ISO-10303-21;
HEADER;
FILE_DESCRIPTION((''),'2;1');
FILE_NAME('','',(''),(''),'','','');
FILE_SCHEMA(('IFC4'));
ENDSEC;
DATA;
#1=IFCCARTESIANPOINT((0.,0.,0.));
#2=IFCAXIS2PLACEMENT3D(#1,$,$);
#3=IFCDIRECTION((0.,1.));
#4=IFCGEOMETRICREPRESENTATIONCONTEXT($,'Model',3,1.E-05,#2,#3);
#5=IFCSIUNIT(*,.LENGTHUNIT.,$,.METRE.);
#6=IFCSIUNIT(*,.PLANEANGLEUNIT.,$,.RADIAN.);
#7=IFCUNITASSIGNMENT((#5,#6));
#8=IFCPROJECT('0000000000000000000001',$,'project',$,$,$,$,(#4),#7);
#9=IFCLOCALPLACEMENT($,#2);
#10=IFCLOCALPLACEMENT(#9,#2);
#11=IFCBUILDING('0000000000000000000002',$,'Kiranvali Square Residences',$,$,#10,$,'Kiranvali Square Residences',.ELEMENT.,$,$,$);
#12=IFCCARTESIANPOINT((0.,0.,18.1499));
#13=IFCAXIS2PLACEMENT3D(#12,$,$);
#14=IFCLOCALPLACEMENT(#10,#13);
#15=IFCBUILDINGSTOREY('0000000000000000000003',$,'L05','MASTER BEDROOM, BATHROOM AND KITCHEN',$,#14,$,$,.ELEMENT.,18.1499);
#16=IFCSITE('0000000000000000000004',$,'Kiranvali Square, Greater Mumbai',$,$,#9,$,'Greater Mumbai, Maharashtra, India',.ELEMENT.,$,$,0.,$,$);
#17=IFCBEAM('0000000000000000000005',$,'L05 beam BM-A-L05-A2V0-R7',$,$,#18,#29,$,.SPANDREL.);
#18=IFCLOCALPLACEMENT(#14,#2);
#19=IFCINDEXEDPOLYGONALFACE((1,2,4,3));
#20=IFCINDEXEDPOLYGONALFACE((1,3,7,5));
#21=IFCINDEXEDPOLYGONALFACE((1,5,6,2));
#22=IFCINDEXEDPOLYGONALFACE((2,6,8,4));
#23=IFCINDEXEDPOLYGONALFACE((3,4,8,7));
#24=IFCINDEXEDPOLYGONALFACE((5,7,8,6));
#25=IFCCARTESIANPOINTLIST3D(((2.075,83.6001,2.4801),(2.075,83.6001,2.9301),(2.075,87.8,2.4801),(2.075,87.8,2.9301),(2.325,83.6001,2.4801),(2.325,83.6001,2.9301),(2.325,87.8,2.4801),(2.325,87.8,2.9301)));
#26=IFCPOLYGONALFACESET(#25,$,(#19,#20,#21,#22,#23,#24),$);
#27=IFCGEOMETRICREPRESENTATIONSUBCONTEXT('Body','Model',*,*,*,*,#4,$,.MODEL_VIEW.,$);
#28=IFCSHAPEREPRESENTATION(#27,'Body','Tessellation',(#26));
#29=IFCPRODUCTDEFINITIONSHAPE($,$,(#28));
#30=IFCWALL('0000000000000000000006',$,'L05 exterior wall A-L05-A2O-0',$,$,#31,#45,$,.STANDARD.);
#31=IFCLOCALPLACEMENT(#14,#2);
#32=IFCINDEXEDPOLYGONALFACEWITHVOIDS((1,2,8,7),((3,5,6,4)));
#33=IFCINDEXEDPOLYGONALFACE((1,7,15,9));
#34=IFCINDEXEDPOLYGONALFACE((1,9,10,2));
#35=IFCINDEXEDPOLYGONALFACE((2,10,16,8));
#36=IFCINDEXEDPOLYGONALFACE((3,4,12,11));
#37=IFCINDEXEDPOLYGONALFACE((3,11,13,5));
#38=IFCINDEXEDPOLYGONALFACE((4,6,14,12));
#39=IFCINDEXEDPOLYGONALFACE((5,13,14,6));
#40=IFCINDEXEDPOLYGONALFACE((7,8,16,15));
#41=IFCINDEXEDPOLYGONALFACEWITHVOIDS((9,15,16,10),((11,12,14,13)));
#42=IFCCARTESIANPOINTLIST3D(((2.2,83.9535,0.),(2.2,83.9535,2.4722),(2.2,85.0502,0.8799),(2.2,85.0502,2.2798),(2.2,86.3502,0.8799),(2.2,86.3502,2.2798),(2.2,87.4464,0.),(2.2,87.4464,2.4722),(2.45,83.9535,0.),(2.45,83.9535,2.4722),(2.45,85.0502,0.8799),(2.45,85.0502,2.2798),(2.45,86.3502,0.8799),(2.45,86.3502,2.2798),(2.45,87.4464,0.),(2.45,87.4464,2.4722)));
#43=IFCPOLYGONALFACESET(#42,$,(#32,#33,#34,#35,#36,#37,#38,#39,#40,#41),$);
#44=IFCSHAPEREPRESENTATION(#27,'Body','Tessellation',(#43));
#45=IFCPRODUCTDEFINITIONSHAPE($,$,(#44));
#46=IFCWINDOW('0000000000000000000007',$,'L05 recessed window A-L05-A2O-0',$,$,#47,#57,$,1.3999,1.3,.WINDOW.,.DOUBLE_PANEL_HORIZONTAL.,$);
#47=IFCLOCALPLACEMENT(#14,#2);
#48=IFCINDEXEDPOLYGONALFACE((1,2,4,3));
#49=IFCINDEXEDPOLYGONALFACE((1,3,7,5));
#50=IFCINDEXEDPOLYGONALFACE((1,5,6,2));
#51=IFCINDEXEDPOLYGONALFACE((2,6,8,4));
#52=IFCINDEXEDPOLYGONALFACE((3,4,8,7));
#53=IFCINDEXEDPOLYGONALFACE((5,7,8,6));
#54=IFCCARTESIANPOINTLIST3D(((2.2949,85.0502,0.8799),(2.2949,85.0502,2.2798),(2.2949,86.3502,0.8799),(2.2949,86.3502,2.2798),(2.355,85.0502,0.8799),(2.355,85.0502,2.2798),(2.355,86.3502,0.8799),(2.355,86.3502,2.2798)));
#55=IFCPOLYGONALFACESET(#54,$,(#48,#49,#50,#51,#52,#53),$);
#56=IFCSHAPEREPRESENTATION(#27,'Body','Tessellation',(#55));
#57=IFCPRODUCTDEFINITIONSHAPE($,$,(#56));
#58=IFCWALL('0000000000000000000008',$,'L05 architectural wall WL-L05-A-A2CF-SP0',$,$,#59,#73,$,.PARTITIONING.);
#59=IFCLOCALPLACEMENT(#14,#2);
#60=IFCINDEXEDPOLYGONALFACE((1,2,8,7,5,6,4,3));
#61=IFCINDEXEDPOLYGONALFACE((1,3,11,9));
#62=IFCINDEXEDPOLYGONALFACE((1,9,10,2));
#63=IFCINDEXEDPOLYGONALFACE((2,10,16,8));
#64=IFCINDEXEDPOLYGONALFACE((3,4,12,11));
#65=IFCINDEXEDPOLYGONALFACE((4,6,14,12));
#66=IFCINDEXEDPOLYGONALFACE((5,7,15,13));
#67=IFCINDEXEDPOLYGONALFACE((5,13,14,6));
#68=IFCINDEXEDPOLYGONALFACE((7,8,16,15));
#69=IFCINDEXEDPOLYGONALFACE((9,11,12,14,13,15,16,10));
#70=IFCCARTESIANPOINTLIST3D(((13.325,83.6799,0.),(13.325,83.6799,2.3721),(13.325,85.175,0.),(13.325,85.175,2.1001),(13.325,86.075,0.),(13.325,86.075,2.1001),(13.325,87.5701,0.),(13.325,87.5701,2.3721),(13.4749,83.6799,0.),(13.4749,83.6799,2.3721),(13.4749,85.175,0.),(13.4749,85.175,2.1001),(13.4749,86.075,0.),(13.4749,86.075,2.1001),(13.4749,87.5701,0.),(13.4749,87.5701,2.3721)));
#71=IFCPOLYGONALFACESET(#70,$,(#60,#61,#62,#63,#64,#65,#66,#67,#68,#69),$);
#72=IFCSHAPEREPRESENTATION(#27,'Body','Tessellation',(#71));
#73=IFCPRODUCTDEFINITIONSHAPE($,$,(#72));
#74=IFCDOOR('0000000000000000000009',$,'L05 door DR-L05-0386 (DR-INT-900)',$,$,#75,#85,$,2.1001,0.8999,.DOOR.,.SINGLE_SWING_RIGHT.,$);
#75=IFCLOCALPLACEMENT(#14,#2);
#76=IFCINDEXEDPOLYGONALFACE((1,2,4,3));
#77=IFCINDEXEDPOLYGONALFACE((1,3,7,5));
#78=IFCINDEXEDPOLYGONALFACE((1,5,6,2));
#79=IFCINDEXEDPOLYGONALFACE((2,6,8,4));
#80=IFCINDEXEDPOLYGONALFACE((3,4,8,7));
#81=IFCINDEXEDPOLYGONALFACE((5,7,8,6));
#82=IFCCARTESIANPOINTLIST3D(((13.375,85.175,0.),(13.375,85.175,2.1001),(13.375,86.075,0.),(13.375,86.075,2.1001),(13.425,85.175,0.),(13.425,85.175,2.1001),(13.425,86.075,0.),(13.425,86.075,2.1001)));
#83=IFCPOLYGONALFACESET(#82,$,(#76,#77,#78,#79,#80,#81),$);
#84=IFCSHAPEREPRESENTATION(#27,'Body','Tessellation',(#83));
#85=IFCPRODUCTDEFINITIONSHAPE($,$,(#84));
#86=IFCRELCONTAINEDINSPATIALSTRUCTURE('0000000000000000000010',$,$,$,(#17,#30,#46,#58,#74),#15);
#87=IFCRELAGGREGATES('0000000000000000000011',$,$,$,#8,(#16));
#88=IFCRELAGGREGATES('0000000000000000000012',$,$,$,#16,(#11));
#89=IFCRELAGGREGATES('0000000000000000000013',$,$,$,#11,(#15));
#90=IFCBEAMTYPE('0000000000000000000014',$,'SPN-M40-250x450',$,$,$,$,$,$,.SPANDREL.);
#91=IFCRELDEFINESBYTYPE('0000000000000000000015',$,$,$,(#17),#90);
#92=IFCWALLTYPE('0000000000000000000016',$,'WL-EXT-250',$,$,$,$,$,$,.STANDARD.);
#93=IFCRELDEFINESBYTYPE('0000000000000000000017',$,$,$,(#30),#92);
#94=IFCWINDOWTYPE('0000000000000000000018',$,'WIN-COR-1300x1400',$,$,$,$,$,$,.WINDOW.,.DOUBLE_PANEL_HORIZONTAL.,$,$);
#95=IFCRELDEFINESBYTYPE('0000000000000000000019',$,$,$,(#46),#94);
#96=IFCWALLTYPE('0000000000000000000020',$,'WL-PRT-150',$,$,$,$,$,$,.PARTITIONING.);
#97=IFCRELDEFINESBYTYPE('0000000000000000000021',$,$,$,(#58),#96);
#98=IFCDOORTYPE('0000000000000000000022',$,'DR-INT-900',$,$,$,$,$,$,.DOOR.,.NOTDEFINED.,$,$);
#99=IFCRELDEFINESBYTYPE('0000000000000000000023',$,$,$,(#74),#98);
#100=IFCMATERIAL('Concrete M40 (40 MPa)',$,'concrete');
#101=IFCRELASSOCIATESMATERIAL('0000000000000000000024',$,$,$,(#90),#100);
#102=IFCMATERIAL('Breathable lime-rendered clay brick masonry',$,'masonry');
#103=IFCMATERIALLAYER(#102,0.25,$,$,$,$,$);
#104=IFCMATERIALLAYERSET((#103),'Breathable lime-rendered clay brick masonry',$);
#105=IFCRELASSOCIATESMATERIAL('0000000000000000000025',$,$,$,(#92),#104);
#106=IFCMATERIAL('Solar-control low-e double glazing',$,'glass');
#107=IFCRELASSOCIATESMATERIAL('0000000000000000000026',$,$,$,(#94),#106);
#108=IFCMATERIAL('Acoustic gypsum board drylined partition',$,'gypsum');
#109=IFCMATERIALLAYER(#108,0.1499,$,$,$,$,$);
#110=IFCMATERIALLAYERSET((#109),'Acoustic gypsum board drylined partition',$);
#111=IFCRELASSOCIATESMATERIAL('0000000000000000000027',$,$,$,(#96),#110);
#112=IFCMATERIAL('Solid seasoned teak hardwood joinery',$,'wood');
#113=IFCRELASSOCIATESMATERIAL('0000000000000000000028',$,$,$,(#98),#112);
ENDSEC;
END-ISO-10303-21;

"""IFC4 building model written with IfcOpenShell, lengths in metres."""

from ifc_helpers import new_model, si_unit, direction, frame, frame_2d, origin, origin_2d, place, context, subcontext, project, spatial, rectangle, extrude, material, layer, layer_set, material_profile, profile_set, type_object, element, fill, save


model = new_model("IFC4")

# Units and contexts
model_context = context("Model", 3, precision=1e-05, world=origin(), true_north=direction((0.0, 1.0)))
body_context = subcontext(model_context, "Body", "Model", "MODEL_VIEW")
ifc_project = project(units=[si_unit("LENGTHUNIT", "METRE"), si_unit("PLANEANGLEUNIT", "RADIAN")], contexts=[model_context])

# Site, building, storey
site_placement = place(None, origin())
site = spatial("IfcSite", under=ifc_project, at=site_placement, Name="Kiranvali Square, Greater Mumbai", LongName="Greater Mumbai, Maharashtra, India", CompositionType="ELEMENT", RefElevation=0.0)
building_placement = place(site_placement, origin())
building = spatial("IfcBuilding", under=site, at=building_placement, Name="Kiranvali Square Residences", LongName="Kiranvali Square Residences", CompositionType="ELEMENT")
storey_placement = place(building_placement, frame((0.0, 0.0, 18.1499)))
storey = spatial("IfcBuildingStorey", under=building, at=storey_placement, Name="L05", Description="MASTER BEDROOM, BATHROOM AND KITCHEN", CompositionType="ELEMENT", Elevation=18.1499)

# Beam
ifc_material_1 = material(Name="Concrete M40 (40 MPa)", Category="concrete")
ifc_material_profile_1 = material_profile(ifc_material_1, rectangle(XDim=0.25, YDim=0.45, at=origin_2d()), Name="RC 250x450")
ifc_profile_set_1 = profile_set([ifc_material_profile_1], Name="Concrete M40 (40 MPa)")
beam_type_1 = type_object("IfcBeamType", Name="SPN-M40-250x450", PredefinedType="SPANDREL", material=ifc_profile_set_1)
beam_1_placement = place(storey_placement, frame((2.2, 87.8, 2.7051), z_axis=(0.0, -1.0, 0.0), x_axis=(1.0, 0.0, 0.0)))
element("IfcBeam", 1, at=beam_1_placement, inside=storey, type_object=beam_type_1, Name="L05 beam BM-A-L05-A2V0-R7", PredefinedType="SPANDREL", context=body_context, shape_type="SweptSolid", body=[
    extrude(rectangle(XDim=0.25, YDim=0.45, at=origin_2d()), origin(), (0.0, 0.0, 1.0), 4.2),
])

# Wall, opening, window
ifc_material_2 = material(Name="Breathable lime-rendered clay brick masonry", Category="masonry")
ifc_layer_1 = layer(ifc_material_2, 0.25)
ifc_layer_set_1 = layer_set([ifc_layer_1], Name="Breathable lime-rendered clay brick masonry")
wall_type_1 = type_object("IfcWallType", Name="WL-EXT-250", PredefinedType="STANDARD", material=ifc_layer_set_1)
wall_1_placement = place(storey_placement, frame((2.325, 87.4465, 0.0), z_axis=(0.0, 0.0, 1.0), x_axis=(0.0, -1.0, 0.0)))
wall_1 = element("IfcWall", 2, at=wall_1_placement, inside=storey, type_object=wall_type_1, Name="L05 exterior wall A-L05-A2O-0", PredefinedType="STANDARD", context=body_context, shape_type="SweptSolid", body=[
    extrude(rectangle(XDim=3.4929, YDim=0.25, at=frame_2d((1.7466, 0.0))), origin(), (0.0, 0.0, 1.0), 2.4722),
])
opening_1_placement = place(wall_1_placement, frame((1.0964, 0.0, 0.8799)))
opening_1 = element("IfcOpeningElement", 3, at=opening_1_placement, cuts=wall_1, PredefinedType="OPENING", context=body_context, shape_type="SweptSolid", body=[
    extrude(rectangle(XDim=1.3, YDim=1.3999, at=frame_2d((0.6499, 0.7))), frame((0.0, 0.135, 0.0), z_axis=(0.0, -1.0, 0.0), x_axis=(1.0, 0.0, 0.0)), (0.0, 0.0, 1.0), 0.27),
])
ifc_material_3 = material(Name="Solar-control low-e double glazing", Category="glass")
window_type = type_object("IfcWindowType", Name="WIN-COR-1300x1400", PartitioningType="DOUBLE_PANEL_HORIZONTAL", PredefinedType="WINDOW", material=ifc_material_3)
window_placement = place(opening_1_placement, origin())
window = element("IfcWindow", 4, at=window_placement, inside=storey, type_object=window_type, Name="L05 recessed window A-L05-A2O-0", OverallHeight=1.3999, OverallWidth=1.3, PartitioningType="DOUBLE_PANEL_HORIZONTAL", PredefinedType="WINDOW", context=body_context, shape_type="SweptSolid", body=[
    extrude(rectangle(XDim=1.3, YDim=1.3999, at=frame_2d((0.6499, 0.7))), frame((0.0, 0.03, 0.0), z_axis=(0.0, -1.0, 0.0), x_axis=(1.0, 0.0, 0.0)), (0.0, 0.0, 1.0), 0.0601),
])
fill(opening_1, window)

# Wall, opening, door
ifc_material_4 = material(Name="Acoustic gypsum board drylined partition", Category="gypsum")
ifc_layer_2 = layer(ifc_material_4, 0.1499)
ifc_layer_set_2 = layer_set([ifc_layer_2], Name="Acoustic gypsum board drylined partition")
wall_type_2 = type_object("IfcWallType", Name="WL-PRT-150", PredefinedType="PARTITIONING", material=ifc_layer_set_2)
wall_2_placement = place(storey_placement, frame((13.3999, 87.5701, 0.0), z_axis=(0.0, 0.0, 1.0), x_axis=(0.0, -1.0, 0.0)))
wall_2 = element("IfcWall", 5, at=wall_2_placement, inside=storey, type_object=wall_type_2, Name="L05 architectural wall WL-L05-A-A2CF-SP0", PredefinedType="PARTITIONING", context=body_context, shape_type="SweptSolid", body=[
    extrude(rectangle(XDim=3.8901, YDim=0.1499, at=frame_2d((1.9451, 0.0))), origin(), (0.0, 0.0, 1.0), 2.3721),
])
opening_2_placement = place(wall_2_placement, frame((1.4951, 0.0, 0.0)))
opening_2 = element("IfcOpeningElement", 6, at=opening_2_placement, cuts=wall_2, PredefinedType="OPENING", context=body_context, shape_type="SweptSolid", body=[
    extrude(rectangle(XDim=0.8999, YDim=2.1001, at=frame_2d((0.45, 1.05))), frame((0.0, 0.085, 0.0), z_axis=(0.0, -1.0, 0.0), x_axis=(1.0, 0.0, 0.0)), (0.0, 0.0, 1.0), 0.1699),
])
ifc_material_5 = material(Name="Solid seasoned teak hardwood joinery", Category="wood")
door_type = type_object("IfcDoorType", Name="DR-INT-900", OperationType="NOTDEFINED", PredefinedType="DOOR", material=ifc_material_5)
door_placement = place(opening_2_placement, frame((0.8999, 0.0, 0.0), z_axis=(0.0, 0.0, 1.0), x_axis=(-1.0, 0.0, 0.0)))
door = element("IfcDoor", 7, at=door_placement, inside=storey, type_object=door_type, Name="L05 door DR-L05-0386 (DR-INT-900)", OperationType="SINGLE_SWING_RIGHT", OverallHeight=2.1001, OverallWidth=0.8999, PredefinedType="DOOR", context=body_context, shape_type="SweptSolid", body=[
    extrude(rectangle(XDim=0.8999, YDim=2.1001, at=frame_2d((0.45, 1.05))), frame((0.0, 0.0249, 0.0), z_axis=(0.0, -1.0, 0.0), x_axis=(1.0, 0.0, 0.0)), (0.0, 0.0, 1.0), 0.05),
])
fill(opening_2, door)

save(model, "model.ifc")
